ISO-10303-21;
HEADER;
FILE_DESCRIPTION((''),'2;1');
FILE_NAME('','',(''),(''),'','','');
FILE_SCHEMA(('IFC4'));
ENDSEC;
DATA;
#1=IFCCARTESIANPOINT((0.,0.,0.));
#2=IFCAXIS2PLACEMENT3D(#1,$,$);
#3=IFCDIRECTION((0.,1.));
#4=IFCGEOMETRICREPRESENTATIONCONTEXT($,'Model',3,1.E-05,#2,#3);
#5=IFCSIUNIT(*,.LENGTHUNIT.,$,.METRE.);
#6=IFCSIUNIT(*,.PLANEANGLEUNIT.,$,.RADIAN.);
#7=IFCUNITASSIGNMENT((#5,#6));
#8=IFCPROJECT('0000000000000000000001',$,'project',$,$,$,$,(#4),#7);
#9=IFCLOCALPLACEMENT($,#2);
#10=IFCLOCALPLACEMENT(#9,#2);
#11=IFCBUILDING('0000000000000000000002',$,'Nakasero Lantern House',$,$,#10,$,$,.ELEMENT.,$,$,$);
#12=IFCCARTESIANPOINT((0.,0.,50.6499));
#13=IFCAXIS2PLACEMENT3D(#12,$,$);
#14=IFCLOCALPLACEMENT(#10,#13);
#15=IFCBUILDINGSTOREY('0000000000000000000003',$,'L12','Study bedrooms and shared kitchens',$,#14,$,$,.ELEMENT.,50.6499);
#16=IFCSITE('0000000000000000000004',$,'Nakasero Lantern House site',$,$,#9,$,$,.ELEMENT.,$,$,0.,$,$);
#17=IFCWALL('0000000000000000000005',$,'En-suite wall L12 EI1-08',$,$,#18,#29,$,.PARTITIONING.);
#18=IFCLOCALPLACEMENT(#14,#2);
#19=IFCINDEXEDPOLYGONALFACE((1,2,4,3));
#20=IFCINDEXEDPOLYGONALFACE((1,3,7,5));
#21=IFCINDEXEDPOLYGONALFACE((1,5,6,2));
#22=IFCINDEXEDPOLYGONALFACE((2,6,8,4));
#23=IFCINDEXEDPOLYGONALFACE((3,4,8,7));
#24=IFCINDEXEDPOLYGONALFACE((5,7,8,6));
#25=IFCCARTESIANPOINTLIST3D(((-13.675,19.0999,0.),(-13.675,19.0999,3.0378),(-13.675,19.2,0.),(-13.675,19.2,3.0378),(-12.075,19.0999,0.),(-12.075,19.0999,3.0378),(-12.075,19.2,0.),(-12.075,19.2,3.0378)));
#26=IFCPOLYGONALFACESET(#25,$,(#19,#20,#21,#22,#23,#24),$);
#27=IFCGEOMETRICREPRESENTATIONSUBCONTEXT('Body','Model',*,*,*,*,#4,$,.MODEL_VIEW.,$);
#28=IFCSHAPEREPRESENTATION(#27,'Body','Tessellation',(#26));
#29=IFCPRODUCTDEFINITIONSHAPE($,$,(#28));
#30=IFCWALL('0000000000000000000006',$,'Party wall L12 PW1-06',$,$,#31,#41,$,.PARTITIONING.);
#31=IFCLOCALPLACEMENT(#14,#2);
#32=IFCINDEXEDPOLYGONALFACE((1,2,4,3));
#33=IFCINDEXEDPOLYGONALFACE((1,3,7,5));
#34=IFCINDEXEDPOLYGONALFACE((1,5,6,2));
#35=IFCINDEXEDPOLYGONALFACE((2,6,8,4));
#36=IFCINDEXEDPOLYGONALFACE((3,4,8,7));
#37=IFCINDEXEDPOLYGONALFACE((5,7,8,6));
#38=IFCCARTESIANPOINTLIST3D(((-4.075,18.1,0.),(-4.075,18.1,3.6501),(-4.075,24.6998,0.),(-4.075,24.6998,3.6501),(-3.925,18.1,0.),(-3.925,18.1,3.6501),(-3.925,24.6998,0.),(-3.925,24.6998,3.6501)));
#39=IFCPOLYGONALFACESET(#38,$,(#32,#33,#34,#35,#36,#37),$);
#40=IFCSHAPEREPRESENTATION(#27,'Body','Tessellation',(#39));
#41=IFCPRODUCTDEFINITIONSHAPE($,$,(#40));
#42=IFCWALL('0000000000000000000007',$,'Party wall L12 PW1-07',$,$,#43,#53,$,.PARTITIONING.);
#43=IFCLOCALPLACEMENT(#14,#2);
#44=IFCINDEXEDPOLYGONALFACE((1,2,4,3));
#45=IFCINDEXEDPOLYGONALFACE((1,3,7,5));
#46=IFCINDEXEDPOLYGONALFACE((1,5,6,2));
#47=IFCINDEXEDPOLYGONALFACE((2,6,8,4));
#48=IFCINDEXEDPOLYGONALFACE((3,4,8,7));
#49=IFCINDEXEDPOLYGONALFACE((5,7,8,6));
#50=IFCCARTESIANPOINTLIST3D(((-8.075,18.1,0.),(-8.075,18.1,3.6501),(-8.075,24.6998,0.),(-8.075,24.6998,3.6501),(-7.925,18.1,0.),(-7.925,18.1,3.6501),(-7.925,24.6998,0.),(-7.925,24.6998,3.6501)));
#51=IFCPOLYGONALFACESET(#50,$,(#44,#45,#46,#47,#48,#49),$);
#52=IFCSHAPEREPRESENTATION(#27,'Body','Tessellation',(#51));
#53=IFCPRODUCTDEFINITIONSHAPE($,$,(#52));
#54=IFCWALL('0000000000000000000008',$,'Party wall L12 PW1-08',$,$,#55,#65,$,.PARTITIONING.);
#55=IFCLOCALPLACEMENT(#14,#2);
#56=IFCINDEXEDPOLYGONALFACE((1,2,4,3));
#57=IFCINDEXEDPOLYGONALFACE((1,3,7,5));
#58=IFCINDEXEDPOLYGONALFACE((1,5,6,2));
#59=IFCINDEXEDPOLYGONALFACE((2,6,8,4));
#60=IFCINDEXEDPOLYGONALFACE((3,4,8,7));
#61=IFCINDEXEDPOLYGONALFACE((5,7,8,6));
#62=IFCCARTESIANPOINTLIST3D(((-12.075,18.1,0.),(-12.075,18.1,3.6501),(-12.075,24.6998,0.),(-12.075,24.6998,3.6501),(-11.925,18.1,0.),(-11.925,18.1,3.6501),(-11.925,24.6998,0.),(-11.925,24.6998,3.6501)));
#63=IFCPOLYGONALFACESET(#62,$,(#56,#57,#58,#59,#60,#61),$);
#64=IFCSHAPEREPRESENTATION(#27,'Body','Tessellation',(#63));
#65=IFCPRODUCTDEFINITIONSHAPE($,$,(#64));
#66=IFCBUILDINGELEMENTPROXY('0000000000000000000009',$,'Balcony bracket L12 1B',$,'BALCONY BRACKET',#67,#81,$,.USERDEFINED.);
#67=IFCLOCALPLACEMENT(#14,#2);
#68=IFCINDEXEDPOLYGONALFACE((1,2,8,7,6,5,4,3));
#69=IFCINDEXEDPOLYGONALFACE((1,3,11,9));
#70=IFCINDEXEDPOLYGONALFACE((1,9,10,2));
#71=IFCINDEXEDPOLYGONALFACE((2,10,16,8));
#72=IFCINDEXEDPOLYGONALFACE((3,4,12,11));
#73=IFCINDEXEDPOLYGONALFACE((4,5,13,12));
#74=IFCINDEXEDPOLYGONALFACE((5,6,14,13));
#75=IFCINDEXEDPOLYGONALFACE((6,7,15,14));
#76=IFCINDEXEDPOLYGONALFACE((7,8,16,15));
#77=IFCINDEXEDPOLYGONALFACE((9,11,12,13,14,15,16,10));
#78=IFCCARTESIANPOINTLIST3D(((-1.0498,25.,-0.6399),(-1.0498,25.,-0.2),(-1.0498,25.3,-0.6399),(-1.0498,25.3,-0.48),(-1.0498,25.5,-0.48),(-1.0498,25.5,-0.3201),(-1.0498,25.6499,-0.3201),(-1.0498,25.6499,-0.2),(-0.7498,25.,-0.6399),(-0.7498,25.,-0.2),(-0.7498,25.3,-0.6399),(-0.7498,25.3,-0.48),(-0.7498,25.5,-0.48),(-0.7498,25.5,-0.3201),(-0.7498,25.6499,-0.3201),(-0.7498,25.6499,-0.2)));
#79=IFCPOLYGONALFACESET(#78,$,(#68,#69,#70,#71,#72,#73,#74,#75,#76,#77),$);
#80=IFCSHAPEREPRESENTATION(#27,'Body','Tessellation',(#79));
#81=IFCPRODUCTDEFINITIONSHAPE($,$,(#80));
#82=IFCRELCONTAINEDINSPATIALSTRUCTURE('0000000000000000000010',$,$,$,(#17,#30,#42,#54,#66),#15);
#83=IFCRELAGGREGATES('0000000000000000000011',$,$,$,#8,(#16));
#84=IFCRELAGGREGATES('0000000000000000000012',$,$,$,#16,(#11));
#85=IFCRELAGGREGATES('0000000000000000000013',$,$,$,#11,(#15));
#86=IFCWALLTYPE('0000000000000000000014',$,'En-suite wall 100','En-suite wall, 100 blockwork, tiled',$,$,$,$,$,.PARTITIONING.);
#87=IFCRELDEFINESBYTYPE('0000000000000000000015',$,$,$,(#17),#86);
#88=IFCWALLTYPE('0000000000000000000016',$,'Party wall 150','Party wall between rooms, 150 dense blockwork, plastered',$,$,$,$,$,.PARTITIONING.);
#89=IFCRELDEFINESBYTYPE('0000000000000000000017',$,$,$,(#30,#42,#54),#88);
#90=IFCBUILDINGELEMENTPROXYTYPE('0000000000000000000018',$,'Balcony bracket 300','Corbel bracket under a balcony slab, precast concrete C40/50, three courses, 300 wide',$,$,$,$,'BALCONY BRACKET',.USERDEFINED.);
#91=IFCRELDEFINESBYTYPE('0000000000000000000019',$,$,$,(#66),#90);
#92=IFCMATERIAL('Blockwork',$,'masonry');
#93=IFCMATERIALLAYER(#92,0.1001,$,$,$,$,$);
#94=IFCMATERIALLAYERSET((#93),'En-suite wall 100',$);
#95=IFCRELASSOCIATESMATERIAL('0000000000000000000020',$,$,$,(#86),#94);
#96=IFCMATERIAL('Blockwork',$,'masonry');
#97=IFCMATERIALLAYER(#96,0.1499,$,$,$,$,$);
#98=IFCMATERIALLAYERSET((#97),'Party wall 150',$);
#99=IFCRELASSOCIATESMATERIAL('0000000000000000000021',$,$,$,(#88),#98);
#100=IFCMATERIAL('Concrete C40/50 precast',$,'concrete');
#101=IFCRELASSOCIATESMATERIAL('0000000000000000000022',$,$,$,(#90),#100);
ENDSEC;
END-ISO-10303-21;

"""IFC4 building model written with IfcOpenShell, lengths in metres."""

from ifc_helpers import new_model, si_unit, direction, frame, frame_2d, origin, place, context, subcontext, project, spatial, polyline, rectangle, outline, extrude, material, layer, layer_set, type_object, element, save


model = new_model("IFC4")

# Units and contexts
model_context = context("Model", 3, precision=1e-05, world=origin(), true_north=direction((0.0, 1.0)))
body_context = subcontext(model_context, "Body", "Model", "MODEL_VIEW")
ifc_project = project(units=[si_unit("LENGTHUNIT", "METRE"), si_unit("PLANEANGLEUNIT", "RADIAN")], contexts=[model_context])

# Site, building, storey
site_placement = place(None, origin())
site = spatial("IfcSite", under=ifc_project, at=site_placement, Name="Nakasero Lantern House site", CompositionType="ELEMENT", RefElevation=0.0)
building_placement = place(site_placement, origin())
building = spatial("IfcBuilding", under=site, at=building_placement, Name="Nakasero Lantern House", CompositionType="ELEMENT")
storey_placement = place(building_placement, frame((0.0, 0.0, 50.6499)))
storey = spatial("IfcBuildingStorey", under=building, at=storey_placement, Name="L12", Description="Study bedrooms and shared kitchens", CompositionType="ELEMENT", Elevation=50.6499)

# Shared definitions
ifc_material_1 = material(Name="Blockwork", Category="masonry")
ifc_layer_1 = layer(ifc_material_1, 0.1001)
ifc_layer_set_1 = layer_set([ifc_layer_1], Name="En-suite wall 100")
wall_type_1 = type_object("IfcWallType", Name="En-suite wall 100", Description="En-suite wall, 100 blockwork, tiled", PredefinedType="PARTITIONING", material=ifc_layer_set_1)

# Walls
wall_1_placement = place(storey_placement, frame((-12.075, 19.1499, 0.0), z_axis=(0.0, 0.0, 1.0), x_axis=(-1.0, 0.0, 0.0)))
element("IfcWall", 1, at=wall_1_placement, inside=storey, type_object=wall_type_1, Name="En-suite wall L12 EI1-08", PredefinedType="PARTITIONING", context=body_context, shape_type="SweptSolid", body=[
    extrude(rectangle(XDim=1.6001, YDim=0.1001, at=frame_2d((0.8, 0.0))), origin(), (0.0, 0.0, 1.0), 3.0378),
])
ifc_material_2 = material(Name="Blockwork", Category="masonry")
ifc_layer_2 = layer(ifc_material_2, 0.1499)
ifc_layer_set_2 = layer_set([ifc_layer_2], Name="Party wall 150")
wall_type_2 = type_object("IfcWallType", Name="Party wall 150", Description="Party wall between rooms, 150 dense blockwork, plastered", PredefinedType="PARTITIONING", material=ifc_layer_set_2)
for number, where, z_axis, x_axis, name in (
    (2, (-4.0, 18.1001, 0.0), (0.0, 0.0, 1.0), (0.0, 1.0, 0.0), "Party wall L12 PW1-06"),
    (3, (-8.0, 18.1001, 0.0), (0.0, 0.0, 1.0), (0.0, 1.0, 0.0), "Party wall L12 PW1-07"),
    (4, (-12.0, 18.1001, 0.0), (0.0, 0.0, 1.0), (0.0, 1.0, 0.0), "Party wall L12 PW1-08"),
):
    element("IfcWall", number, at=place(storey_placement, frame(where, z_axis=z_axis, x_axis=x_axis)), inside=storey, type_object=wall_type_2, Name=name, PredefinedType="PARTITIONING", context=body_context, shape_type="SweptSolid", body=[
        extrude(rectangle(XDim=6.5999, YDim=0.1499, at=frame_2d((3.2998, 0.0))), origin(), (0.0, 0.0, 1.0), 3.6501),
    ])

# Building element proxy
ifc_material_3 = material(Name="Concrete C40/50 precast", Category="concrete")
building_element_proxy_type = type_object("IfcBuildingElementProxyType", Name="Balcony bracket 300", Description="Corbel bracket under a balcony slab, precast concrete C40/50, three courses, 300 wide", ElementType="BALCONY BRACKET", PredefinedType="USERDEFINED", material=ifc_material_3)
proxy_placement = place(storey_placement, frame((-0.8999, 25.0, -0.2), z_axis=(0.0, 0.0, 1.0), x_axis=(0.0, 1.0, 0.0)))
element("IfcBuildingElementProxy", 5, at=proxy_placement, inside=storey, type_object=building_element_proxy_type, Name="Balcony bracket L12 1B", ObjectType="BALCONY BRACKET", PredefinedType="USERDEFINED", context=body_context, shape_type="SweptSolid", body=[
    extrude(outline(polyline([(0.0, 0.0), (0.6499, 0.0), (0.6499, -0.1201), (0.5, -0.1201), (0.5, -0.28), (0.3, -0.28), (0.3, -0.4399), (0.0, -0.4399), (0.0, 0.0)])), frame((0.0, 0.1499, 0.0), z_axis=(0.0, -1.0, 0.0), x_axis=(1.0, 0.0, 0.0)), (0.0, 0.0, 1.0), 0.3),
])

save(model, "model.ifc")
